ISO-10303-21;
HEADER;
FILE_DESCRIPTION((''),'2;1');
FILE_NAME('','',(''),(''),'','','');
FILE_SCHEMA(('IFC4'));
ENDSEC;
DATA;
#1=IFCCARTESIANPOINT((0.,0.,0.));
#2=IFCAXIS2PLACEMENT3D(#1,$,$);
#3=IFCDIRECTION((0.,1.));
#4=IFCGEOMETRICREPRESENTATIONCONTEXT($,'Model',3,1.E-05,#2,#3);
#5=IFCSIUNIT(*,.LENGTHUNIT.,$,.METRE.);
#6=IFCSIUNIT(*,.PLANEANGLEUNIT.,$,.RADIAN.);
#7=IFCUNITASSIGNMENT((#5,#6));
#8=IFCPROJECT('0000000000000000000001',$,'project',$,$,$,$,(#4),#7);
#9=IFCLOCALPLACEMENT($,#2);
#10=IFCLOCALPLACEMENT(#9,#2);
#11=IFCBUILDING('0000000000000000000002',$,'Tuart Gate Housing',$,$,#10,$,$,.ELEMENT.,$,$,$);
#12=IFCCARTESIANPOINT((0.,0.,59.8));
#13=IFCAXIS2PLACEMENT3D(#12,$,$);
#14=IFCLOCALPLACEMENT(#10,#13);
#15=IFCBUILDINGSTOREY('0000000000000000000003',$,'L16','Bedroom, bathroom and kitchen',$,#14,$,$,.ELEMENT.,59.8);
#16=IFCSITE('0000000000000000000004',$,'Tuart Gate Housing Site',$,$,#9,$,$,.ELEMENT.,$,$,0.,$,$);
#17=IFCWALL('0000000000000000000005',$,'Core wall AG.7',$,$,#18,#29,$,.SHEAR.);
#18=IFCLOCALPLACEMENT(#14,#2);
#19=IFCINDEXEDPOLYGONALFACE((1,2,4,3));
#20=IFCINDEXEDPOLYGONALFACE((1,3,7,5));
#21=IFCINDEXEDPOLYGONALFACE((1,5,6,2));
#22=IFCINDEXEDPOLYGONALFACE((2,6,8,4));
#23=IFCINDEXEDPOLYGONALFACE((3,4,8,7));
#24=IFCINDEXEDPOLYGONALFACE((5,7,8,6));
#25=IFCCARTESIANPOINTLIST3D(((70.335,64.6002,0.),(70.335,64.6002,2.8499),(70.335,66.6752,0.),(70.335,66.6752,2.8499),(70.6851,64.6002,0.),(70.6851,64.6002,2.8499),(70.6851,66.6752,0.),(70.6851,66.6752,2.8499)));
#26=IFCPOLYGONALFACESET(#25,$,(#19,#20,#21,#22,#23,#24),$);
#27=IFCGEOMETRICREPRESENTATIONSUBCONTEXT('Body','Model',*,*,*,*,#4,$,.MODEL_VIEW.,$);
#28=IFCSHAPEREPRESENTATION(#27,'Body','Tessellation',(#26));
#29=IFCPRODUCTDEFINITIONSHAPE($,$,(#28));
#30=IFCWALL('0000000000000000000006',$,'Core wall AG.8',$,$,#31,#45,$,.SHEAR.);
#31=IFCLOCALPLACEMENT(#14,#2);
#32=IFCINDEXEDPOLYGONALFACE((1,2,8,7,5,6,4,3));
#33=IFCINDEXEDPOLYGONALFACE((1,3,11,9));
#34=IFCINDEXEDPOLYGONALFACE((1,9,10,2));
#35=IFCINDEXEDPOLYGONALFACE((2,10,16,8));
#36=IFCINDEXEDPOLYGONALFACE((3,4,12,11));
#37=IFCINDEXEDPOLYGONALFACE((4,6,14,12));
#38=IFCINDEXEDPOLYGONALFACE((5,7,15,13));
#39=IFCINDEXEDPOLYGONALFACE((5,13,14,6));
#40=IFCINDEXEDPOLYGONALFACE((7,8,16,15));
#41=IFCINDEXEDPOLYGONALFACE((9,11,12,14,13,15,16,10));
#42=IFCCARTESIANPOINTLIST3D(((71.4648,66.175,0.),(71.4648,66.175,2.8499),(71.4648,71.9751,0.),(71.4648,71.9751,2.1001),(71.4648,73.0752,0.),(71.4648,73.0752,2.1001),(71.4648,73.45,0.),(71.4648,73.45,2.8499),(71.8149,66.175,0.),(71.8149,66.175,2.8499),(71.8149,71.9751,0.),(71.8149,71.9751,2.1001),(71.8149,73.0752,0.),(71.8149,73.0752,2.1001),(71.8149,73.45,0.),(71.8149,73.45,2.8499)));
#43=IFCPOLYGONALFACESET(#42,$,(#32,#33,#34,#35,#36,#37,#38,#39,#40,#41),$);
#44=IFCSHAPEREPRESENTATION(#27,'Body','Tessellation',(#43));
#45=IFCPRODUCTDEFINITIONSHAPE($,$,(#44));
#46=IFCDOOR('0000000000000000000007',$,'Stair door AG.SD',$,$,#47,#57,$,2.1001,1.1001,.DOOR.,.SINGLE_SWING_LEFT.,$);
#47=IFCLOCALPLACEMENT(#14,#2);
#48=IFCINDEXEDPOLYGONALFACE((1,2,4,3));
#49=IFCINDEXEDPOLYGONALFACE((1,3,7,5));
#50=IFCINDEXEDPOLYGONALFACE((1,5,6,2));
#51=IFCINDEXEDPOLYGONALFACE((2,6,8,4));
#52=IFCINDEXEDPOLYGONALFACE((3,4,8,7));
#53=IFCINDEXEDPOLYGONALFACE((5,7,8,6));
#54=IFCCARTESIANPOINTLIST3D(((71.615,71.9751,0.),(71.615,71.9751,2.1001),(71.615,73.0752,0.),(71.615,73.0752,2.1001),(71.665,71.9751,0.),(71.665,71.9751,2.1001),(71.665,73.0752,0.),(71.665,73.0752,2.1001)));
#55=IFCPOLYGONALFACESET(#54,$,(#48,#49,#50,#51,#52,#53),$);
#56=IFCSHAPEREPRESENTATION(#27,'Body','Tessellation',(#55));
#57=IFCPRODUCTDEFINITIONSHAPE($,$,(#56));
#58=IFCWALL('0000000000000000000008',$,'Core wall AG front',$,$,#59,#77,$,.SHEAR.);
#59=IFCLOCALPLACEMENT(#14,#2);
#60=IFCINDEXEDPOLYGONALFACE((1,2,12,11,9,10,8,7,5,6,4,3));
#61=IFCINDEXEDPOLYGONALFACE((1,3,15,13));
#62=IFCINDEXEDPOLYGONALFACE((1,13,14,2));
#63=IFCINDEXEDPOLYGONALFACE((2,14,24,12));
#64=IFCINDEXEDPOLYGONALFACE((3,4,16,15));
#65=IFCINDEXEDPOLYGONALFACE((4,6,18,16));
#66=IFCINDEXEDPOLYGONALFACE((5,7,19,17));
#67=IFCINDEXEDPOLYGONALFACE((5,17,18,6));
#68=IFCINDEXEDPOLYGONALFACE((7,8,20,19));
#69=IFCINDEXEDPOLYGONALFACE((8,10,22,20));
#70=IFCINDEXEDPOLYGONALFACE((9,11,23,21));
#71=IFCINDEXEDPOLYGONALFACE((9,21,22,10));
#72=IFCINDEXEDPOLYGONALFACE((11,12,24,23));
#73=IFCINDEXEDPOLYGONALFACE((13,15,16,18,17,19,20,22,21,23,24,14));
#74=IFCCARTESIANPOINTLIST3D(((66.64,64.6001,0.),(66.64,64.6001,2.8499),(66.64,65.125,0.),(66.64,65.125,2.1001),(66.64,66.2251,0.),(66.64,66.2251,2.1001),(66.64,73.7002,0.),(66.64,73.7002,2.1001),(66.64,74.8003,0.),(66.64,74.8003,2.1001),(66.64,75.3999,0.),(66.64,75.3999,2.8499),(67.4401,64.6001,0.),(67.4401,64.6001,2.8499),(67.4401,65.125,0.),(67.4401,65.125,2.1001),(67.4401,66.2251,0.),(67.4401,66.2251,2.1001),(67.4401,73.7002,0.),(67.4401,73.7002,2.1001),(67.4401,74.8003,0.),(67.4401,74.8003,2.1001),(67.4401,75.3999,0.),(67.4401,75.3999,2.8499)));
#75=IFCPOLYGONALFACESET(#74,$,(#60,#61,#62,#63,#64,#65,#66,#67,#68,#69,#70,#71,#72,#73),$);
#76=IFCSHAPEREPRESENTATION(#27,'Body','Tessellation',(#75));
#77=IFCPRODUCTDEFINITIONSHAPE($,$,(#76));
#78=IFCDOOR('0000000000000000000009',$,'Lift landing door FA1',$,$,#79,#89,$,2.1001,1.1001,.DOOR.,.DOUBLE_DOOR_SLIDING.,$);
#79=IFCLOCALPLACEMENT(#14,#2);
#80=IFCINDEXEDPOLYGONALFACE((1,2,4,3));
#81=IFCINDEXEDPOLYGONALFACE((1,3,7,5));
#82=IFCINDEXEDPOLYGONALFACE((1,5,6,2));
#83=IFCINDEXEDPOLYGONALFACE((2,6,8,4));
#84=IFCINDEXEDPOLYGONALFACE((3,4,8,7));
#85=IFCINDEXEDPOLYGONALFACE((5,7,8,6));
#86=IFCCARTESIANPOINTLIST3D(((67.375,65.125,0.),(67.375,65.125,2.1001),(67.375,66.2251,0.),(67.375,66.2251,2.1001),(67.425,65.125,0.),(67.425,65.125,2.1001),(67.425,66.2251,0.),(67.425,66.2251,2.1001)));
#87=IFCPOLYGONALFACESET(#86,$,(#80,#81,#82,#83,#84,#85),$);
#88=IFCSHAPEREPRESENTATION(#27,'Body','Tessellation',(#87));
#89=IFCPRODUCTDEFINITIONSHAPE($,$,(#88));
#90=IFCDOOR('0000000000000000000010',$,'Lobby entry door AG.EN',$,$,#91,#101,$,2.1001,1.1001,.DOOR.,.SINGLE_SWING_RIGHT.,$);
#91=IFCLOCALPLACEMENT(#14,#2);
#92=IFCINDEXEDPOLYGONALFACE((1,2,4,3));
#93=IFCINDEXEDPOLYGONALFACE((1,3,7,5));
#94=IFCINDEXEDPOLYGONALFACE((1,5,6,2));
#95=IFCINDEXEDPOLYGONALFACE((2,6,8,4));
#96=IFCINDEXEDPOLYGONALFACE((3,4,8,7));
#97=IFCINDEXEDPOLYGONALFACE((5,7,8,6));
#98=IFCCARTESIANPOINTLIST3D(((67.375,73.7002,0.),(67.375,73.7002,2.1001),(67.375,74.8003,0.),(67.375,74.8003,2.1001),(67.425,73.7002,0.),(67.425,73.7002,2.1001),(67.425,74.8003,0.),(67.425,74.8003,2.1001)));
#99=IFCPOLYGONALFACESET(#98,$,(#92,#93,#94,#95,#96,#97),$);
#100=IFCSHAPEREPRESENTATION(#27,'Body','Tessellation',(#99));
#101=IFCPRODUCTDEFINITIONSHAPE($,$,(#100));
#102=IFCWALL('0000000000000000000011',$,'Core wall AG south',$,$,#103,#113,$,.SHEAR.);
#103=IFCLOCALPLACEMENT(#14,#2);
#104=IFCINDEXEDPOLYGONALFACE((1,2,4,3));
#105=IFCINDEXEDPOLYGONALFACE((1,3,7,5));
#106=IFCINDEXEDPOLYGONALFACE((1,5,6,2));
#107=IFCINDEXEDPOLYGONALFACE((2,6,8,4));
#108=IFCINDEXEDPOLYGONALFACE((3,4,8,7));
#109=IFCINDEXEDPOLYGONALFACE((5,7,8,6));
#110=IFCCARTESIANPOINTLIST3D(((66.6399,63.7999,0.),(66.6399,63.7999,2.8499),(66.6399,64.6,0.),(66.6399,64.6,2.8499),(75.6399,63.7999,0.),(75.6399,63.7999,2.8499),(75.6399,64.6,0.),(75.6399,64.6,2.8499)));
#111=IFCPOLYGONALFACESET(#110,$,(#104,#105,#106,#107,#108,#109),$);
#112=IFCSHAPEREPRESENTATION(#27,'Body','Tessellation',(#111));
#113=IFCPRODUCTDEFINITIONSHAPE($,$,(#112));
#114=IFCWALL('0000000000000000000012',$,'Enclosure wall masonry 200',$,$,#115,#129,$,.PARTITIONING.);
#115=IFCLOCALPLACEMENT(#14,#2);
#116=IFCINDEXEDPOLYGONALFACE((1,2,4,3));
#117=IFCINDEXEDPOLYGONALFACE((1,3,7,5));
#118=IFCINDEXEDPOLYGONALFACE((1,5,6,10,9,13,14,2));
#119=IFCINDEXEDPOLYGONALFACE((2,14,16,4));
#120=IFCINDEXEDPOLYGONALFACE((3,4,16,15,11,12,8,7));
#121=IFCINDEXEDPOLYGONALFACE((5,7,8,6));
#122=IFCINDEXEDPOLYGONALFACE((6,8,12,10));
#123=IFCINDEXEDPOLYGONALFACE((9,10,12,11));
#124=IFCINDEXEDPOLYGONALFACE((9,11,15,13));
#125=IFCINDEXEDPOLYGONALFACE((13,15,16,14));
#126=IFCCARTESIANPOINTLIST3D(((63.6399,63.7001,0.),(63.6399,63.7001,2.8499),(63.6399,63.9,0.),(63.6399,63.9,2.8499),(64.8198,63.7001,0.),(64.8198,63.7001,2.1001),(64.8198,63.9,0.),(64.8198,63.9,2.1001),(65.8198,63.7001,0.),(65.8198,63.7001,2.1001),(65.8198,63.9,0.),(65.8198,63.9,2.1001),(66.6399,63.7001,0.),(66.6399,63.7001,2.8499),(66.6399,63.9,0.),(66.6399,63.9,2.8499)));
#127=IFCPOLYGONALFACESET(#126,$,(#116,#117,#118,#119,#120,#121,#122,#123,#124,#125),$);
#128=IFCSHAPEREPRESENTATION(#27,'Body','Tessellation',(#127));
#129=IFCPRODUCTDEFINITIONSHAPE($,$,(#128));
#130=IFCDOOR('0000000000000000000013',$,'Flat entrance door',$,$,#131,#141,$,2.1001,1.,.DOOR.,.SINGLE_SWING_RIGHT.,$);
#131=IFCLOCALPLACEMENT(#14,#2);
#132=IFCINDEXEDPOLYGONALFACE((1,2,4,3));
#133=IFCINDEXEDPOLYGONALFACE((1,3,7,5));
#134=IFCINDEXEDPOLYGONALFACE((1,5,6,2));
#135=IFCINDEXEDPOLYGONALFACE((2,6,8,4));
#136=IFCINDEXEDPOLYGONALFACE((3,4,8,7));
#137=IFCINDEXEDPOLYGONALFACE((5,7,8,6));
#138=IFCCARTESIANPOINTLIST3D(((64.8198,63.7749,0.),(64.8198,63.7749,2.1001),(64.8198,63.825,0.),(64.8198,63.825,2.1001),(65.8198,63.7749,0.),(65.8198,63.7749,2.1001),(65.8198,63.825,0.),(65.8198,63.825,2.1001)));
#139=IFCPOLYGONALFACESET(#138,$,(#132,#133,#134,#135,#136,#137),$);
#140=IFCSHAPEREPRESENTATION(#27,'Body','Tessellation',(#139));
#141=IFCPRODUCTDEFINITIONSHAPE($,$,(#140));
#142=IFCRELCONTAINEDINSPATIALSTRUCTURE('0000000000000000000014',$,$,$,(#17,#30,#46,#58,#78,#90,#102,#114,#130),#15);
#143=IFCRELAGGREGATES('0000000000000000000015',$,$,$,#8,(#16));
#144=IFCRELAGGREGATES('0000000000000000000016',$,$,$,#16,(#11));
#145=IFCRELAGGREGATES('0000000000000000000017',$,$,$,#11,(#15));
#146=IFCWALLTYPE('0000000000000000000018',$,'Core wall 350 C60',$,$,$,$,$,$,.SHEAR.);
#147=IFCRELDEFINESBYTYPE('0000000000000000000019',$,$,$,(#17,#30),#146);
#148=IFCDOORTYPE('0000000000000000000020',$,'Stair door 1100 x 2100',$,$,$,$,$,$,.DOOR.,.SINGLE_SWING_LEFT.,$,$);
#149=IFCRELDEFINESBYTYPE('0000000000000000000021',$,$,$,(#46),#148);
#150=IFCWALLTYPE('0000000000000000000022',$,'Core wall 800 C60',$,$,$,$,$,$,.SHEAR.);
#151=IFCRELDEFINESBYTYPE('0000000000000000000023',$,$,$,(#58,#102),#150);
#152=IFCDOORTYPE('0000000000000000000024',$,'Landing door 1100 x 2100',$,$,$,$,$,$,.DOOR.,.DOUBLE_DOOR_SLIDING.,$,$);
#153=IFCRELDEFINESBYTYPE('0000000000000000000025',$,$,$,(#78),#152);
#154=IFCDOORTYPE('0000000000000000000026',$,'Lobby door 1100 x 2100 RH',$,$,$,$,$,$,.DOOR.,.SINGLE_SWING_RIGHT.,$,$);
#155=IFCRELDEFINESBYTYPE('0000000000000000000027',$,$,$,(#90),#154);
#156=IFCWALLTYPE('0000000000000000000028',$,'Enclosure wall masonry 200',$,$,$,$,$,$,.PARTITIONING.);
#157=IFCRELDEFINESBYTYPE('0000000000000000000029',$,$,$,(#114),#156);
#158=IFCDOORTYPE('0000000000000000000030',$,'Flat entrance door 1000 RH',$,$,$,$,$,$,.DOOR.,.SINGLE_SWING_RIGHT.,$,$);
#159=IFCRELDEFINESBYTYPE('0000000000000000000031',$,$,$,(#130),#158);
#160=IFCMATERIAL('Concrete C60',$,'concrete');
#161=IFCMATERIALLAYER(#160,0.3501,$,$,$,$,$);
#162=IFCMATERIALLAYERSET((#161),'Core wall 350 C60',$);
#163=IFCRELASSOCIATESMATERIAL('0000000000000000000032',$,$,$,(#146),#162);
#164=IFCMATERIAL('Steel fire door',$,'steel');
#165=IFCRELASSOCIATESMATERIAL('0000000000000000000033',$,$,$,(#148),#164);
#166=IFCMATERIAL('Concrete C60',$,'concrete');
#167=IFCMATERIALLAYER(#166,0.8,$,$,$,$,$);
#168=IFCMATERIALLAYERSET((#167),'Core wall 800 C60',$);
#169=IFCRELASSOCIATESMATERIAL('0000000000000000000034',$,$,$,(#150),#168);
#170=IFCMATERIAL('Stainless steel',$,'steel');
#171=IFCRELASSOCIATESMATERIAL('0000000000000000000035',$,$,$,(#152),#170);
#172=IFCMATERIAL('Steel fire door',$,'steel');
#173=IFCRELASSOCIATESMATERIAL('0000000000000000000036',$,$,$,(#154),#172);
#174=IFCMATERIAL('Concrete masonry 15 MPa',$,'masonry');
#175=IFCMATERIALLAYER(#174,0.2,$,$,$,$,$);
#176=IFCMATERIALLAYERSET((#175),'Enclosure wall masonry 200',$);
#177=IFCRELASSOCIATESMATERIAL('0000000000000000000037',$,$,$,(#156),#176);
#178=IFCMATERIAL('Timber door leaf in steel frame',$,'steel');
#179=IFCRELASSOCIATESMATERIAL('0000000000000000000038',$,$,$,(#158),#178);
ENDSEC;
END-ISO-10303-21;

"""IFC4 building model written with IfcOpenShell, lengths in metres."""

from ifc_helpers import new_model, si_unit, direction, frame, frame_2d, origin, place, context, subcontext, project, spatial, rectangle, extrude, material, layer, layer_set, type_object, element, fill, save


model = new_model("IFC4")

# Units and contexts
model_context = context("Model", 3, precision=1e-05, world=origin(), true_north=direction((0.0, 1.0)))
body_context = subcontext(model_context, "Body", "Model", "MODEL_VIEW")
ifc_project = project(units=[si_unit("LENGTHUNIT", "METRE"), si_unit("PLANEANGLEUNIT", "RADIAN")], contexts=[model_context])

# Site, building, storey
site_placement = place(None, origin())
site = spatial("IfcSite", under=ifc_project, at=site_placement, Name="Tuart Gate Housing Site", CompositionType="ELEMENT", RefElevation=0.0)
building_placement = place(site_placement, origin())
building = spatial("IfcBuilding", under=site, at=building_placement, Name="Tuart Gate Housing", CompositionType="ELEMENT")
storey_placement = place(building_placement, frame((0.0, 0.0, 59.8)))
storey = spatial("IfcBuildingStorey", under=building, at=storey_placement, Name="L16", Description="Bedroom, bathroom and kitchen", CompositionType="ELEMENT", Elevation=59.8)

# Wall
ifc_material_1 = material(Name="Concrete C60", Category="concrete")
ifc_layer_1 = layer(ifc_material_1, 0.3501)
ifc_layer_set_1 = layer_set([ifc_layer_1], Name="Core wall 350 C60")
wall_type_1 = type_object("IfcWallType", Name="Core wall 350 C60", PredefinedType="SHEAR", material=ifc_layer_set_1)
wall_1_placement = place(storey_placement, frame((70.51, 64.6001, 0.0), z_axis=(0.0, 0.0, 1.0), x_axis=(0.0, 1.0, 0.0)))
element("IfcWall", 1, at=wall_1_placement, inside=storey, type_object=wall_type_1, Name="Core wall AG.7", PredefinedType="SHEAR", context=body_context, shape_type="SweptSolid", body=[
    extrude(rectangle(XDim=2.075, YDim=0.3501, at=frame_2d((1.0376, 0.0))), origin(), (0.0, 0.0, 1.0), 2.8499),
])

# Wall, opening, door
wall_2_placement = place(storey_placement, frame((71.6399, 66.175, 0.0), z_axis=(0.0, 0.0, 1.0), x_axis=(0.0, 1.0, 0.0)))
wall_2 = element("IfcWall", 2, at=wall_2_placement, inside=storey, type_object=wall_type_1, Name="Core wall AG.8", PredefinedType="SHEAR", context=body_context, shape_type="SweptSolid", body=[
    extrude(rectangle(XDim=7.2749, YDim=0.3501, at=frame_2d((3.6375, 0.0))), origin(), (0.0, 0.0, 1.0), 2.8499),
])
opening_1_placement = place(wall_2_placement, frame((5.8, 0.0, 0.0)))
opening_1 = element("IfcOpeningElement", 3, at=opening_1_placement, cuts=wall_2, PredefinedType="OPENING", context=body_context, shape_type="SweptSolid", body=[
    extrude(rectangle(XDim=1.1001, YDim=2.1001, at=frame_2d((0.55, 1.05))), frame((0.0, 0.1851, 0.0), z_axis=(0.0, -1.0, 0.0), x_axis=(1.0, 0.0, 0.0)), (0.0, 0.0, 1.0), 0.3701),
])
ifc_material_2 = material(Name="Steel fire door", Category="steel")
door_type_1 = type_object("IfcDoorType", Name="Stair door 1100 x 2100", OperationType="SINGLE_SWING_LEFT", PredefinedType="DOOR", material=ifc_material_2)
door_1_placement = place(opening_1_placement, frame((1.1001, 0.0, 0.0), z_axis=(0.0, 0.0, 1.0), x_axis=(-1.0, 0.0, 0.0)))
door_1 = element("IfcDoor", 4, at=door_1_placement, inside=storey, type_object=door_type_1, Name="Stair door AG.SD", OperationType="SINGLE_SWING_LEFT", OverallHeight=2.1001, OverallWidth=1.1001, PredefinedType="DOOR", context=body_context, shape_type="SweptSolid", body=[
    extrude(rectangle(XDim=1.1001, YDim=2.1001, at=frame_2d((0.55, 1.05))), frame((0.0, 0.0251, 0.0), z_axis=(0.0, -1.0, 0.0), x_axis=(1.0, 0.0, 0.0)), (0.0, 0.0, 1.0), 0.05),
])
fill(opening_1, door_1)

# Wall, openings, doors
ifc_material_3 = material(Name="Concrete C60", Category="concrete")
ifc_layer_2 = layer(ifc_material_3, 0.8)
ifc_layer_set_2 = layer_set([ifc_layer_2], Name="Core wall 800 C60")
wall_type_2 = type_object("IfcWallType", Name="Core wall 800 C60", PredefinedType="SHEAR", material=ifc_layer_set_2)
wall_3_placement = place(storey_placement, frame((67.04, 64.6001, 0.0), z_axis=(0.0, 0.0, 1.0), x_axis=(0.0, 1.0, 0.0)))
wall_3 = element("IfcWall", 5, at=wall_3_placement, inside=storey, type_object=wall_type_2, Name="Core wall AG front", PredefinedType="SHEAR", context=body_context, shape_type="SweptSolid", body=[
    extrude(rectangle(XDim=10.7998, YDim=0.8, at=frame_2d((5.3999, 0.0))), origin(), (0.0, 0.0, 1.0), 2.8499),
])
opening_2_placement = place(wall_3_placement, frame((0.5249, 0.0, 0.0)))
opening_2 = element("IfcOpeningElement", 6, at=opening_2_placement, cuts=wall_3, PredefinedType="OPENING", context=body_context, shape_type="SweptSolid", body=[
    extrude(rectangle(XDim=1.1001, YDim=2.1001, at=frame_2d((0.55, 1.05))), frame((0.0, 0.4099, 0.0), z_axis=(0.0, -1.0, 0.0), x_axis=(1.0, 0.0, 0.0)), (0.0, 0.0, 1.0), 0.8201),
])
opening_3_placement = place(wall_3_placement, frame((9.1001, 0.0, 0.0)))
opening_3 = element("IfcOpeningElement", 7, at=opening_3_placement, cuts=wall_3, PredefinedType="OPENING", context=body_context, shape_type="SweptSolid", body=[
    extrude(rectangle(XDim=1.1001, YDim=2.1001, at=frame_2d((0.55, 1.05))), frame((0.0, 0.4099, 0.0), z_axis=(0.0, -1.0, 0.0), x_axis=(1.0, 0.0, 0.0)), (0.0, 0.0, 1.0), 0.8201),
])
ifc_material_4 = material(Name="Stainless steel", Category="steel")
door_type_2 = type_object("IfcDoorType", Name="Landing door 1100 x 2100", OperationType="DOUBLE_DOOR_SLIDING", PredefinedType="DOOR", material=ifc_material_4)
door_2_placement = place(opening_2_placement, origin())
door_2 = element("IfcDoor", 8, at=door_2_placement, inside=storey, type_object=door_type_2, Name="Lift landing door FA1", OperationType="DOUBLE_DOOR_SLIDING", OverallHeight=2.1001, OverallWidth=1.1001, PredefinedType="DOOR", context=body_context, shape_type="SweptSolid", body=[
    extrude(rectangle(XDim=1.1001, YDim=2.1001, at=frame_2d((0.55, 1.05))), frame((0.0, -0.335, 0.0), z_axis=(0.0, -1.0, 0.0), x_axis=(1.0, 0.0, 0.0)), (0.0, 0.0, 1.0), 0.05),
])
fill(opening_2, door_2)
ifc_material_5 = material(Name="Steel fire door", Category="steel")
door_type_3 = type_object("IfcDoorType", Name="Lobby door 1100 x 2100 RH", OperationType="SINGLE_SWING_RIGHT", PredefinedType="DOOR", material=ifc_material_5)
door_3_placement = place(opening_3_placement, frame((1.1001, 0.0, 0.0), z_axis=(0.0, 0.0, 1.0), x_axis=(-1.0, 0.0, 0.0)))
door_3 = element("IfcDoor", 9, at=door_3_placement, inside=storey, type_object=door_type_3, Name="Lobby entry door AG.EN", OperationType="SINGLE_SWING_RIGHT", OverallHeight=2.1001, OverallWidth=1.1001, PredefinedType="DOOR", context=body_context, shape_type="SweptSolid", body=[
    extrude(rectangle(XDim=1.1001, YDim=2.1001, at=frame_2d((0.55, 1.05))), frame((0.0, 0.385, 0.0), z_axis=(0.0, -1.0, 0.0), x_axis=(1.0, 0.0, 0.0)), (0.0, 0.0, 1.0), 0.05),
])
fill(opening_3, door_3)

# Wall
wall_4_placement = place(storey_placement, frame((66.6399, 64.2, 0.0), z_axis=(0.0, 0.0, 1.0), x_axis=(1.0, 0.0, 0.0)))
element("IfcWall", 10, at=wall_4_placement, inside=storey, type_object=wall_type_2, Name="Core wall AG south", PredefinedType="SHEAR", context=body_context, shape_type="SweptSolid", body=[
    extrude(rectangle(XDim=9.0, YDim=0.8, at=frame_2d((4.5, 0.0))), origin(), (0.0, 0.0, 1.0), 2.8499),
])

# Wall, opening, door
ifc_material_6 = material(Name="Concrete masonry 15 MPa", Category="masonry")
ifc_layer_3 = layer(ifc_material_6, 0.2)
ifc_layer_set_3 = layer_set([ifc_layer_3], Name="Enclosure wall masonry 200")
wall_type_3 = type_object("IfcWallType", Name="Enclosure wall masonry 200", PredefinedType="PARTITIONING", material=ifc_layer_set_3)
wall_5_placement = place(storey_placement, frame((63.6399, 63.8, 0.0), z_axis=(0.0, 0.0, 1.0), x_axis=(1.0, 0.0, 0.0)))
wall_5 = element("IfcWall", 11, at=wall_5_placement, inside=storey, type_object=wall_type_3, Name="Enclosure wall masonry 200", PredefinedType="PARTITIONING", context=body_context, shape_type="SweptSolid", body=[
    extrude(rectangle(XDim=3.0, YDim=0.2, at=frame_2d((1.5, 0.0))), origin(), (0.0, 0.0, 1.0), 2.8499),
])
opening_4_placement = place(wall_5_placement, frame((1.1799, 0.0, 0.0)))
opening_4 = element("IfcOpeningElement", 12, at=opening_4_placement, cuts=wall_5, PredefinedType="OPENING", context=body_context, shape_type="SweptSolid", body=[
    extrude(rectangle(XDim=1.0, YDim=2.1001, at=frame_2d((0.5, 1.05))), frame((0.0, 0.1099, 0.0), z_axis=(0.0, -1.0, 0.0), x_axis=(1.0, 0.0, 0.0)), (0.0, 0.0, 1.0), 0.22),
])
ifc_material_7 = material(Name="Timber door leaf in steel frame", Category="steel")
door_type_4 = type_object("IfcDoorType", Name="Flat entrance door 1000 RH", OperationType="SINGLE_SWING_RIGHT", PredefinedType="DOOR", material=ifc_material_7)
door_4_placement = place(opening_4_placement, frame((1.0, 0.0, 0.0), z_axis=(0.0, 0.0, 1.0), x_axis=(-1.0, 0.0, 0.0)))
door_4 = element("IfcDoor", 13, at=door_4_placement, inside=storey, type_object=door_type_4, Name="Flat entrance door", OperationType="SINGLE_SWING_RIGHT", OverallHeight=2.1001, OverallWidth=1.0, PredefinedType="DOOR", context=body_context, shape_type="SweptSolid", body=[
    extrude(rectangle(XDim=1.0, YDim=2.1001, at=frame_2d((0.5, 1.05))), frame((0.0, 0.0251, 0.0), z_axis=(0.0, -1.0, 0.0), x_axis=(1.0, 0.0, 0.0)), (0.0, 0.0, 1.0), 0.05),
])
fill(opening_4, door_4)

save(model, "model.ifc")
